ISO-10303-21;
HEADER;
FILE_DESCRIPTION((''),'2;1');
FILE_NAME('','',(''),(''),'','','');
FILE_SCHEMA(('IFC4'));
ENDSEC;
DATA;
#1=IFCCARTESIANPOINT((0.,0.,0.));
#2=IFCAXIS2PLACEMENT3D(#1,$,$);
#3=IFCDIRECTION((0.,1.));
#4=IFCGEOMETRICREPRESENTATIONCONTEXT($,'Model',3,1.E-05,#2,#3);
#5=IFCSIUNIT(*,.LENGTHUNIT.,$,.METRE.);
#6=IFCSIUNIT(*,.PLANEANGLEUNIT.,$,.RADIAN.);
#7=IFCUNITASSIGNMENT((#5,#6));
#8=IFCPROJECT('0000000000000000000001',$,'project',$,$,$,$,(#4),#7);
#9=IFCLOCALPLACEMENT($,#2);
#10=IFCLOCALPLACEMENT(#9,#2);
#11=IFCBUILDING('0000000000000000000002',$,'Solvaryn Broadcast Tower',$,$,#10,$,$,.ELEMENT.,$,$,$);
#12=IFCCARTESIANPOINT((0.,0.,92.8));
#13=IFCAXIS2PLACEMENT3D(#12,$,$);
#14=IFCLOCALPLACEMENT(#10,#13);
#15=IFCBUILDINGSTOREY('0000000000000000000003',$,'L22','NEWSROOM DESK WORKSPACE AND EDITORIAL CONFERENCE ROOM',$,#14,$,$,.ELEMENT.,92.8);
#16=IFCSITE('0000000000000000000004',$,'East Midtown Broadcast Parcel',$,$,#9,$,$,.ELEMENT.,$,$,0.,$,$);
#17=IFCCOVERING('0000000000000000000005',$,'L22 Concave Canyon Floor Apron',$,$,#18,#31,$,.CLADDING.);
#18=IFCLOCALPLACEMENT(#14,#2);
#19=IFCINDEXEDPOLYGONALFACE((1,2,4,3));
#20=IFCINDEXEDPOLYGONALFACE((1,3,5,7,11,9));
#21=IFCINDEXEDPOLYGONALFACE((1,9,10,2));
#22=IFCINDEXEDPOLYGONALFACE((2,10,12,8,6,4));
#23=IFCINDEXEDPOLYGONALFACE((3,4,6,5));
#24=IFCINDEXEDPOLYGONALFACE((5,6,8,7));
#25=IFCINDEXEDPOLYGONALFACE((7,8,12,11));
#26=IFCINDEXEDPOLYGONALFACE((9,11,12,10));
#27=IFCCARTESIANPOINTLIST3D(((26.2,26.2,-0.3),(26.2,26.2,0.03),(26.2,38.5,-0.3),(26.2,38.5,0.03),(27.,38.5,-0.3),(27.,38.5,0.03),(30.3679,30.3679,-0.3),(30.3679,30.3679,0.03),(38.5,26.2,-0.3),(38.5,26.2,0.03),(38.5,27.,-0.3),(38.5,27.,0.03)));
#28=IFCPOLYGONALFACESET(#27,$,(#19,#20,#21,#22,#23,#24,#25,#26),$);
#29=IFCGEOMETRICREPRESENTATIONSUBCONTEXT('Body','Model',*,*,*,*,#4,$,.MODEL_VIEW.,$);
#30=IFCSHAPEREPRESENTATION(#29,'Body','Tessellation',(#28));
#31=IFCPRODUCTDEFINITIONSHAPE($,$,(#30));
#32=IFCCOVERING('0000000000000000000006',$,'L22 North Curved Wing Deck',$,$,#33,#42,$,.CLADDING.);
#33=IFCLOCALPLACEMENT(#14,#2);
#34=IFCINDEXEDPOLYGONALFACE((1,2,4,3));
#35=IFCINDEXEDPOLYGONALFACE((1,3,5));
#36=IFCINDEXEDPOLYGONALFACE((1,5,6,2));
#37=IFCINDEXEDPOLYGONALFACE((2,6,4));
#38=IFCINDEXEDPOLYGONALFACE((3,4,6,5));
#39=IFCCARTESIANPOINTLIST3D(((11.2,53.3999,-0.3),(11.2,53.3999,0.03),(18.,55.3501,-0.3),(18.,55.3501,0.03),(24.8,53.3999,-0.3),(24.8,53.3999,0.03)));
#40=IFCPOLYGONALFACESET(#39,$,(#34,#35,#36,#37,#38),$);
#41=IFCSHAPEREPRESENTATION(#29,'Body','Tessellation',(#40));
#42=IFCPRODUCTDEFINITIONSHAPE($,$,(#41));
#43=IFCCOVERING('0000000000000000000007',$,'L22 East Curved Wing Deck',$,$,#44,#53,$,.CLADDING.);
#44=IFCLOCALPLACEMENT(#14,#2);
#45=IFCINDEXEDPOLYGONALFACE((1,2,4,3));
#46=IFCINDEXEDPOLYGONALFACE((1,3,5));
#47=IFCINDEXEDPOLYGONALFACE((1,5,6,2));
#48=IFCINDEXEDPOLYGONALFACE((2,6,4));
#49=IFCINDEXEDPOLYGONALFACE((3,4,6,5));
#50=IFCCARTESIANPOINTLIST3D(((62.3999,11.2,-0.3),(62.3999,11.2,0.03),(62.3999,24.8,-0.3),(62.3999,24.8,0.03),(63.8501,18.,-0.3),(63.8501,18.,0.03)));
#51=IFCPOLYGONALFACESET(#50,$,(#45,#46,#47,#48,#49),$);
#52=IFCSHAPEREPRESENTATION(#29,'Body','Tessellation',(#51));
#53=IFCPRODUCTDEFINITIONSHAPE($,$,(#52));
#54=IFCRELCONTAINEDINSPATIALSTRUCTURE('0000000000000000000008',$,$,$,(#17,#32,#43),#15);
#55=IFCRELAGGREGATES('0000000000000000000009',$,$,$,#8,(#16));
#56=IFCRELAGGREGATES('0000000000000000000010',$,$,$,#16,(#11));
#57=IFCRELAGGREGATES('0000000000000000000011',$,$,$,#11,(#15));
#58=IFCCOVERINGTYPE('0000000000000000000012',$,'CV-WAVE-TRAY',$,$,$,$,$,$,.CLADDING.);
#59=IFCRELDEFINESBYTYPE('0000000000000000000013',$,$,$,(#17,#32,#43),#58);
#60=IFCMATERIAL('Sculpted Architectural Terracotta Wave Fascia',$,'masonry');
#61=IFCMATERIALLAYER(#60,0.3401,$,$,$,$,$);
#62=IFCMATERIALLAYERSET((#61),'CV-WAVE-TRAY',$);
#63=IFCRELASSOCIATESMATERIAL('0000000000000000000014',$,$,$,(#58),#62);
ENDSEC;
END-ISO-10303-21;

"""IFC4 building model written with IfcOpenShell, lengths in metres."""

from ifc_helpers import new_model, si_unit, direction, frame, origin, place, context, subcontext, project, spatial, polyline, outline, extrude, material, layer, layer_set, type_object, element, save


model = new_model("IFC4")

# Units and contexts
model_context = context("Model", 3, precision=1e-05, world=origin(), true_north=direction((0.0, 1.0)))
body_context = subcontext(model_context, "Body", "Model", "MODEL_VIEW")
ifc_project = project(units=[si_unit("LENGTHUNIT", "METRE"), si_unit("PLANEANGLEUNIT", "RADIAN")], contexts=[model_context])

# Site, building, storey
site_placement = place(None, origin())
site = spatial("IfcSite", under=ifc_project, at=site_placement, Name="East Midtown Broadcast Parcel", CompositionType="ELEMENT", RefElevation=0.0)
building_placement = place(site_placement, origin())
building = spatial("IfcBuilding", under=site, at=building_placement, Name="Solvaryn Broadcast Tower", CompositionType="ELEMENT")
storey_placement = place(building_placement, frame((0.0, 0.0, 92.8)))
storey = spatial("IfcBuildingStorey", under=building, at=storey_placement, Name="L22", Description="NEWSROOM DESK WORKSPACE AND EDITORIAL CONFERENCE ROOM", CompositionType="ELEMENT", Elevation=92.8)

# Coverings
ifc_material_1 = material(Name="Sculpted Architectural Terracotta Wave Fascia", Category="masonry")
ifc_layer_1 = layer(ifc_material_1, 0.3401)
ifc_layer_set_1 = layer_set([ifc_layer_1], Name="CV-WAVE-TRAY")
covering_type_1 = type_object("IfcCoveringType", Name="CV-WAVE-TRAY", PredefinedType="CLADDING", material=ifc_layer_set_1)
covering_1_placement = place(storey_placement, frame((0.0, 0.0, -0.3)))
element("IfcCovering", 1, at=covering_1_placement, inside=storey, type_object=covering_type_1, Name="L22 Concave Canyon Floor Apron", PredefinedType="CLADDING", context=body_context, shape_type="SweptSolid", body=[
    extrude(outline(polyline([(26.2, 26.2), (38.5, 26.2), (38.5, 27.0), (30.3679, 30.3679), (27.0, 38.5), (26.2, 38.5), (26.2, 26.2)])), origin(), (0.0, 0.0, 1.0), 0.3301),
])
covering_2_placement = place(storey_placement, frame((0.0, 0.0, -0.3)))
element("IfcCovering", 2, at=covering_2_placement, inside=storey, type_object=covering_type_1, Name="L22 North Curved Wing Deck", PredefinedType="CLADDING", context=body_context, shape_type="SweptSolid", body=[
    extrude(outline(polyline([(11.2, 53.3999), (24.8, 53.3999), (18.0, 55.3501), (11.2, 53.3999)])), origin(), (0.0, 0.0, 1.0), 0.3301),
])
covering_3_placement = place(storey_placement, frame((0.0, 0.0, -0.3)))
element("IfcCovering", 3, at=covering_3_placement, inside=storey, type_object=covering_type_1, Name="L22 East Curved Wing Deck", PredefinedType="CLADDING", context=body_context, shape_type="SweptSolid", body=[
    extrude(outline(polyline([(62.3999, 11.2), (63.8501, 18.0), (62.3999, 24.8), (62.3999, 11.2)])), origin(), (0.0, 0.0, 1.0), 0.3301),
])

save(model, "model.ifc")
